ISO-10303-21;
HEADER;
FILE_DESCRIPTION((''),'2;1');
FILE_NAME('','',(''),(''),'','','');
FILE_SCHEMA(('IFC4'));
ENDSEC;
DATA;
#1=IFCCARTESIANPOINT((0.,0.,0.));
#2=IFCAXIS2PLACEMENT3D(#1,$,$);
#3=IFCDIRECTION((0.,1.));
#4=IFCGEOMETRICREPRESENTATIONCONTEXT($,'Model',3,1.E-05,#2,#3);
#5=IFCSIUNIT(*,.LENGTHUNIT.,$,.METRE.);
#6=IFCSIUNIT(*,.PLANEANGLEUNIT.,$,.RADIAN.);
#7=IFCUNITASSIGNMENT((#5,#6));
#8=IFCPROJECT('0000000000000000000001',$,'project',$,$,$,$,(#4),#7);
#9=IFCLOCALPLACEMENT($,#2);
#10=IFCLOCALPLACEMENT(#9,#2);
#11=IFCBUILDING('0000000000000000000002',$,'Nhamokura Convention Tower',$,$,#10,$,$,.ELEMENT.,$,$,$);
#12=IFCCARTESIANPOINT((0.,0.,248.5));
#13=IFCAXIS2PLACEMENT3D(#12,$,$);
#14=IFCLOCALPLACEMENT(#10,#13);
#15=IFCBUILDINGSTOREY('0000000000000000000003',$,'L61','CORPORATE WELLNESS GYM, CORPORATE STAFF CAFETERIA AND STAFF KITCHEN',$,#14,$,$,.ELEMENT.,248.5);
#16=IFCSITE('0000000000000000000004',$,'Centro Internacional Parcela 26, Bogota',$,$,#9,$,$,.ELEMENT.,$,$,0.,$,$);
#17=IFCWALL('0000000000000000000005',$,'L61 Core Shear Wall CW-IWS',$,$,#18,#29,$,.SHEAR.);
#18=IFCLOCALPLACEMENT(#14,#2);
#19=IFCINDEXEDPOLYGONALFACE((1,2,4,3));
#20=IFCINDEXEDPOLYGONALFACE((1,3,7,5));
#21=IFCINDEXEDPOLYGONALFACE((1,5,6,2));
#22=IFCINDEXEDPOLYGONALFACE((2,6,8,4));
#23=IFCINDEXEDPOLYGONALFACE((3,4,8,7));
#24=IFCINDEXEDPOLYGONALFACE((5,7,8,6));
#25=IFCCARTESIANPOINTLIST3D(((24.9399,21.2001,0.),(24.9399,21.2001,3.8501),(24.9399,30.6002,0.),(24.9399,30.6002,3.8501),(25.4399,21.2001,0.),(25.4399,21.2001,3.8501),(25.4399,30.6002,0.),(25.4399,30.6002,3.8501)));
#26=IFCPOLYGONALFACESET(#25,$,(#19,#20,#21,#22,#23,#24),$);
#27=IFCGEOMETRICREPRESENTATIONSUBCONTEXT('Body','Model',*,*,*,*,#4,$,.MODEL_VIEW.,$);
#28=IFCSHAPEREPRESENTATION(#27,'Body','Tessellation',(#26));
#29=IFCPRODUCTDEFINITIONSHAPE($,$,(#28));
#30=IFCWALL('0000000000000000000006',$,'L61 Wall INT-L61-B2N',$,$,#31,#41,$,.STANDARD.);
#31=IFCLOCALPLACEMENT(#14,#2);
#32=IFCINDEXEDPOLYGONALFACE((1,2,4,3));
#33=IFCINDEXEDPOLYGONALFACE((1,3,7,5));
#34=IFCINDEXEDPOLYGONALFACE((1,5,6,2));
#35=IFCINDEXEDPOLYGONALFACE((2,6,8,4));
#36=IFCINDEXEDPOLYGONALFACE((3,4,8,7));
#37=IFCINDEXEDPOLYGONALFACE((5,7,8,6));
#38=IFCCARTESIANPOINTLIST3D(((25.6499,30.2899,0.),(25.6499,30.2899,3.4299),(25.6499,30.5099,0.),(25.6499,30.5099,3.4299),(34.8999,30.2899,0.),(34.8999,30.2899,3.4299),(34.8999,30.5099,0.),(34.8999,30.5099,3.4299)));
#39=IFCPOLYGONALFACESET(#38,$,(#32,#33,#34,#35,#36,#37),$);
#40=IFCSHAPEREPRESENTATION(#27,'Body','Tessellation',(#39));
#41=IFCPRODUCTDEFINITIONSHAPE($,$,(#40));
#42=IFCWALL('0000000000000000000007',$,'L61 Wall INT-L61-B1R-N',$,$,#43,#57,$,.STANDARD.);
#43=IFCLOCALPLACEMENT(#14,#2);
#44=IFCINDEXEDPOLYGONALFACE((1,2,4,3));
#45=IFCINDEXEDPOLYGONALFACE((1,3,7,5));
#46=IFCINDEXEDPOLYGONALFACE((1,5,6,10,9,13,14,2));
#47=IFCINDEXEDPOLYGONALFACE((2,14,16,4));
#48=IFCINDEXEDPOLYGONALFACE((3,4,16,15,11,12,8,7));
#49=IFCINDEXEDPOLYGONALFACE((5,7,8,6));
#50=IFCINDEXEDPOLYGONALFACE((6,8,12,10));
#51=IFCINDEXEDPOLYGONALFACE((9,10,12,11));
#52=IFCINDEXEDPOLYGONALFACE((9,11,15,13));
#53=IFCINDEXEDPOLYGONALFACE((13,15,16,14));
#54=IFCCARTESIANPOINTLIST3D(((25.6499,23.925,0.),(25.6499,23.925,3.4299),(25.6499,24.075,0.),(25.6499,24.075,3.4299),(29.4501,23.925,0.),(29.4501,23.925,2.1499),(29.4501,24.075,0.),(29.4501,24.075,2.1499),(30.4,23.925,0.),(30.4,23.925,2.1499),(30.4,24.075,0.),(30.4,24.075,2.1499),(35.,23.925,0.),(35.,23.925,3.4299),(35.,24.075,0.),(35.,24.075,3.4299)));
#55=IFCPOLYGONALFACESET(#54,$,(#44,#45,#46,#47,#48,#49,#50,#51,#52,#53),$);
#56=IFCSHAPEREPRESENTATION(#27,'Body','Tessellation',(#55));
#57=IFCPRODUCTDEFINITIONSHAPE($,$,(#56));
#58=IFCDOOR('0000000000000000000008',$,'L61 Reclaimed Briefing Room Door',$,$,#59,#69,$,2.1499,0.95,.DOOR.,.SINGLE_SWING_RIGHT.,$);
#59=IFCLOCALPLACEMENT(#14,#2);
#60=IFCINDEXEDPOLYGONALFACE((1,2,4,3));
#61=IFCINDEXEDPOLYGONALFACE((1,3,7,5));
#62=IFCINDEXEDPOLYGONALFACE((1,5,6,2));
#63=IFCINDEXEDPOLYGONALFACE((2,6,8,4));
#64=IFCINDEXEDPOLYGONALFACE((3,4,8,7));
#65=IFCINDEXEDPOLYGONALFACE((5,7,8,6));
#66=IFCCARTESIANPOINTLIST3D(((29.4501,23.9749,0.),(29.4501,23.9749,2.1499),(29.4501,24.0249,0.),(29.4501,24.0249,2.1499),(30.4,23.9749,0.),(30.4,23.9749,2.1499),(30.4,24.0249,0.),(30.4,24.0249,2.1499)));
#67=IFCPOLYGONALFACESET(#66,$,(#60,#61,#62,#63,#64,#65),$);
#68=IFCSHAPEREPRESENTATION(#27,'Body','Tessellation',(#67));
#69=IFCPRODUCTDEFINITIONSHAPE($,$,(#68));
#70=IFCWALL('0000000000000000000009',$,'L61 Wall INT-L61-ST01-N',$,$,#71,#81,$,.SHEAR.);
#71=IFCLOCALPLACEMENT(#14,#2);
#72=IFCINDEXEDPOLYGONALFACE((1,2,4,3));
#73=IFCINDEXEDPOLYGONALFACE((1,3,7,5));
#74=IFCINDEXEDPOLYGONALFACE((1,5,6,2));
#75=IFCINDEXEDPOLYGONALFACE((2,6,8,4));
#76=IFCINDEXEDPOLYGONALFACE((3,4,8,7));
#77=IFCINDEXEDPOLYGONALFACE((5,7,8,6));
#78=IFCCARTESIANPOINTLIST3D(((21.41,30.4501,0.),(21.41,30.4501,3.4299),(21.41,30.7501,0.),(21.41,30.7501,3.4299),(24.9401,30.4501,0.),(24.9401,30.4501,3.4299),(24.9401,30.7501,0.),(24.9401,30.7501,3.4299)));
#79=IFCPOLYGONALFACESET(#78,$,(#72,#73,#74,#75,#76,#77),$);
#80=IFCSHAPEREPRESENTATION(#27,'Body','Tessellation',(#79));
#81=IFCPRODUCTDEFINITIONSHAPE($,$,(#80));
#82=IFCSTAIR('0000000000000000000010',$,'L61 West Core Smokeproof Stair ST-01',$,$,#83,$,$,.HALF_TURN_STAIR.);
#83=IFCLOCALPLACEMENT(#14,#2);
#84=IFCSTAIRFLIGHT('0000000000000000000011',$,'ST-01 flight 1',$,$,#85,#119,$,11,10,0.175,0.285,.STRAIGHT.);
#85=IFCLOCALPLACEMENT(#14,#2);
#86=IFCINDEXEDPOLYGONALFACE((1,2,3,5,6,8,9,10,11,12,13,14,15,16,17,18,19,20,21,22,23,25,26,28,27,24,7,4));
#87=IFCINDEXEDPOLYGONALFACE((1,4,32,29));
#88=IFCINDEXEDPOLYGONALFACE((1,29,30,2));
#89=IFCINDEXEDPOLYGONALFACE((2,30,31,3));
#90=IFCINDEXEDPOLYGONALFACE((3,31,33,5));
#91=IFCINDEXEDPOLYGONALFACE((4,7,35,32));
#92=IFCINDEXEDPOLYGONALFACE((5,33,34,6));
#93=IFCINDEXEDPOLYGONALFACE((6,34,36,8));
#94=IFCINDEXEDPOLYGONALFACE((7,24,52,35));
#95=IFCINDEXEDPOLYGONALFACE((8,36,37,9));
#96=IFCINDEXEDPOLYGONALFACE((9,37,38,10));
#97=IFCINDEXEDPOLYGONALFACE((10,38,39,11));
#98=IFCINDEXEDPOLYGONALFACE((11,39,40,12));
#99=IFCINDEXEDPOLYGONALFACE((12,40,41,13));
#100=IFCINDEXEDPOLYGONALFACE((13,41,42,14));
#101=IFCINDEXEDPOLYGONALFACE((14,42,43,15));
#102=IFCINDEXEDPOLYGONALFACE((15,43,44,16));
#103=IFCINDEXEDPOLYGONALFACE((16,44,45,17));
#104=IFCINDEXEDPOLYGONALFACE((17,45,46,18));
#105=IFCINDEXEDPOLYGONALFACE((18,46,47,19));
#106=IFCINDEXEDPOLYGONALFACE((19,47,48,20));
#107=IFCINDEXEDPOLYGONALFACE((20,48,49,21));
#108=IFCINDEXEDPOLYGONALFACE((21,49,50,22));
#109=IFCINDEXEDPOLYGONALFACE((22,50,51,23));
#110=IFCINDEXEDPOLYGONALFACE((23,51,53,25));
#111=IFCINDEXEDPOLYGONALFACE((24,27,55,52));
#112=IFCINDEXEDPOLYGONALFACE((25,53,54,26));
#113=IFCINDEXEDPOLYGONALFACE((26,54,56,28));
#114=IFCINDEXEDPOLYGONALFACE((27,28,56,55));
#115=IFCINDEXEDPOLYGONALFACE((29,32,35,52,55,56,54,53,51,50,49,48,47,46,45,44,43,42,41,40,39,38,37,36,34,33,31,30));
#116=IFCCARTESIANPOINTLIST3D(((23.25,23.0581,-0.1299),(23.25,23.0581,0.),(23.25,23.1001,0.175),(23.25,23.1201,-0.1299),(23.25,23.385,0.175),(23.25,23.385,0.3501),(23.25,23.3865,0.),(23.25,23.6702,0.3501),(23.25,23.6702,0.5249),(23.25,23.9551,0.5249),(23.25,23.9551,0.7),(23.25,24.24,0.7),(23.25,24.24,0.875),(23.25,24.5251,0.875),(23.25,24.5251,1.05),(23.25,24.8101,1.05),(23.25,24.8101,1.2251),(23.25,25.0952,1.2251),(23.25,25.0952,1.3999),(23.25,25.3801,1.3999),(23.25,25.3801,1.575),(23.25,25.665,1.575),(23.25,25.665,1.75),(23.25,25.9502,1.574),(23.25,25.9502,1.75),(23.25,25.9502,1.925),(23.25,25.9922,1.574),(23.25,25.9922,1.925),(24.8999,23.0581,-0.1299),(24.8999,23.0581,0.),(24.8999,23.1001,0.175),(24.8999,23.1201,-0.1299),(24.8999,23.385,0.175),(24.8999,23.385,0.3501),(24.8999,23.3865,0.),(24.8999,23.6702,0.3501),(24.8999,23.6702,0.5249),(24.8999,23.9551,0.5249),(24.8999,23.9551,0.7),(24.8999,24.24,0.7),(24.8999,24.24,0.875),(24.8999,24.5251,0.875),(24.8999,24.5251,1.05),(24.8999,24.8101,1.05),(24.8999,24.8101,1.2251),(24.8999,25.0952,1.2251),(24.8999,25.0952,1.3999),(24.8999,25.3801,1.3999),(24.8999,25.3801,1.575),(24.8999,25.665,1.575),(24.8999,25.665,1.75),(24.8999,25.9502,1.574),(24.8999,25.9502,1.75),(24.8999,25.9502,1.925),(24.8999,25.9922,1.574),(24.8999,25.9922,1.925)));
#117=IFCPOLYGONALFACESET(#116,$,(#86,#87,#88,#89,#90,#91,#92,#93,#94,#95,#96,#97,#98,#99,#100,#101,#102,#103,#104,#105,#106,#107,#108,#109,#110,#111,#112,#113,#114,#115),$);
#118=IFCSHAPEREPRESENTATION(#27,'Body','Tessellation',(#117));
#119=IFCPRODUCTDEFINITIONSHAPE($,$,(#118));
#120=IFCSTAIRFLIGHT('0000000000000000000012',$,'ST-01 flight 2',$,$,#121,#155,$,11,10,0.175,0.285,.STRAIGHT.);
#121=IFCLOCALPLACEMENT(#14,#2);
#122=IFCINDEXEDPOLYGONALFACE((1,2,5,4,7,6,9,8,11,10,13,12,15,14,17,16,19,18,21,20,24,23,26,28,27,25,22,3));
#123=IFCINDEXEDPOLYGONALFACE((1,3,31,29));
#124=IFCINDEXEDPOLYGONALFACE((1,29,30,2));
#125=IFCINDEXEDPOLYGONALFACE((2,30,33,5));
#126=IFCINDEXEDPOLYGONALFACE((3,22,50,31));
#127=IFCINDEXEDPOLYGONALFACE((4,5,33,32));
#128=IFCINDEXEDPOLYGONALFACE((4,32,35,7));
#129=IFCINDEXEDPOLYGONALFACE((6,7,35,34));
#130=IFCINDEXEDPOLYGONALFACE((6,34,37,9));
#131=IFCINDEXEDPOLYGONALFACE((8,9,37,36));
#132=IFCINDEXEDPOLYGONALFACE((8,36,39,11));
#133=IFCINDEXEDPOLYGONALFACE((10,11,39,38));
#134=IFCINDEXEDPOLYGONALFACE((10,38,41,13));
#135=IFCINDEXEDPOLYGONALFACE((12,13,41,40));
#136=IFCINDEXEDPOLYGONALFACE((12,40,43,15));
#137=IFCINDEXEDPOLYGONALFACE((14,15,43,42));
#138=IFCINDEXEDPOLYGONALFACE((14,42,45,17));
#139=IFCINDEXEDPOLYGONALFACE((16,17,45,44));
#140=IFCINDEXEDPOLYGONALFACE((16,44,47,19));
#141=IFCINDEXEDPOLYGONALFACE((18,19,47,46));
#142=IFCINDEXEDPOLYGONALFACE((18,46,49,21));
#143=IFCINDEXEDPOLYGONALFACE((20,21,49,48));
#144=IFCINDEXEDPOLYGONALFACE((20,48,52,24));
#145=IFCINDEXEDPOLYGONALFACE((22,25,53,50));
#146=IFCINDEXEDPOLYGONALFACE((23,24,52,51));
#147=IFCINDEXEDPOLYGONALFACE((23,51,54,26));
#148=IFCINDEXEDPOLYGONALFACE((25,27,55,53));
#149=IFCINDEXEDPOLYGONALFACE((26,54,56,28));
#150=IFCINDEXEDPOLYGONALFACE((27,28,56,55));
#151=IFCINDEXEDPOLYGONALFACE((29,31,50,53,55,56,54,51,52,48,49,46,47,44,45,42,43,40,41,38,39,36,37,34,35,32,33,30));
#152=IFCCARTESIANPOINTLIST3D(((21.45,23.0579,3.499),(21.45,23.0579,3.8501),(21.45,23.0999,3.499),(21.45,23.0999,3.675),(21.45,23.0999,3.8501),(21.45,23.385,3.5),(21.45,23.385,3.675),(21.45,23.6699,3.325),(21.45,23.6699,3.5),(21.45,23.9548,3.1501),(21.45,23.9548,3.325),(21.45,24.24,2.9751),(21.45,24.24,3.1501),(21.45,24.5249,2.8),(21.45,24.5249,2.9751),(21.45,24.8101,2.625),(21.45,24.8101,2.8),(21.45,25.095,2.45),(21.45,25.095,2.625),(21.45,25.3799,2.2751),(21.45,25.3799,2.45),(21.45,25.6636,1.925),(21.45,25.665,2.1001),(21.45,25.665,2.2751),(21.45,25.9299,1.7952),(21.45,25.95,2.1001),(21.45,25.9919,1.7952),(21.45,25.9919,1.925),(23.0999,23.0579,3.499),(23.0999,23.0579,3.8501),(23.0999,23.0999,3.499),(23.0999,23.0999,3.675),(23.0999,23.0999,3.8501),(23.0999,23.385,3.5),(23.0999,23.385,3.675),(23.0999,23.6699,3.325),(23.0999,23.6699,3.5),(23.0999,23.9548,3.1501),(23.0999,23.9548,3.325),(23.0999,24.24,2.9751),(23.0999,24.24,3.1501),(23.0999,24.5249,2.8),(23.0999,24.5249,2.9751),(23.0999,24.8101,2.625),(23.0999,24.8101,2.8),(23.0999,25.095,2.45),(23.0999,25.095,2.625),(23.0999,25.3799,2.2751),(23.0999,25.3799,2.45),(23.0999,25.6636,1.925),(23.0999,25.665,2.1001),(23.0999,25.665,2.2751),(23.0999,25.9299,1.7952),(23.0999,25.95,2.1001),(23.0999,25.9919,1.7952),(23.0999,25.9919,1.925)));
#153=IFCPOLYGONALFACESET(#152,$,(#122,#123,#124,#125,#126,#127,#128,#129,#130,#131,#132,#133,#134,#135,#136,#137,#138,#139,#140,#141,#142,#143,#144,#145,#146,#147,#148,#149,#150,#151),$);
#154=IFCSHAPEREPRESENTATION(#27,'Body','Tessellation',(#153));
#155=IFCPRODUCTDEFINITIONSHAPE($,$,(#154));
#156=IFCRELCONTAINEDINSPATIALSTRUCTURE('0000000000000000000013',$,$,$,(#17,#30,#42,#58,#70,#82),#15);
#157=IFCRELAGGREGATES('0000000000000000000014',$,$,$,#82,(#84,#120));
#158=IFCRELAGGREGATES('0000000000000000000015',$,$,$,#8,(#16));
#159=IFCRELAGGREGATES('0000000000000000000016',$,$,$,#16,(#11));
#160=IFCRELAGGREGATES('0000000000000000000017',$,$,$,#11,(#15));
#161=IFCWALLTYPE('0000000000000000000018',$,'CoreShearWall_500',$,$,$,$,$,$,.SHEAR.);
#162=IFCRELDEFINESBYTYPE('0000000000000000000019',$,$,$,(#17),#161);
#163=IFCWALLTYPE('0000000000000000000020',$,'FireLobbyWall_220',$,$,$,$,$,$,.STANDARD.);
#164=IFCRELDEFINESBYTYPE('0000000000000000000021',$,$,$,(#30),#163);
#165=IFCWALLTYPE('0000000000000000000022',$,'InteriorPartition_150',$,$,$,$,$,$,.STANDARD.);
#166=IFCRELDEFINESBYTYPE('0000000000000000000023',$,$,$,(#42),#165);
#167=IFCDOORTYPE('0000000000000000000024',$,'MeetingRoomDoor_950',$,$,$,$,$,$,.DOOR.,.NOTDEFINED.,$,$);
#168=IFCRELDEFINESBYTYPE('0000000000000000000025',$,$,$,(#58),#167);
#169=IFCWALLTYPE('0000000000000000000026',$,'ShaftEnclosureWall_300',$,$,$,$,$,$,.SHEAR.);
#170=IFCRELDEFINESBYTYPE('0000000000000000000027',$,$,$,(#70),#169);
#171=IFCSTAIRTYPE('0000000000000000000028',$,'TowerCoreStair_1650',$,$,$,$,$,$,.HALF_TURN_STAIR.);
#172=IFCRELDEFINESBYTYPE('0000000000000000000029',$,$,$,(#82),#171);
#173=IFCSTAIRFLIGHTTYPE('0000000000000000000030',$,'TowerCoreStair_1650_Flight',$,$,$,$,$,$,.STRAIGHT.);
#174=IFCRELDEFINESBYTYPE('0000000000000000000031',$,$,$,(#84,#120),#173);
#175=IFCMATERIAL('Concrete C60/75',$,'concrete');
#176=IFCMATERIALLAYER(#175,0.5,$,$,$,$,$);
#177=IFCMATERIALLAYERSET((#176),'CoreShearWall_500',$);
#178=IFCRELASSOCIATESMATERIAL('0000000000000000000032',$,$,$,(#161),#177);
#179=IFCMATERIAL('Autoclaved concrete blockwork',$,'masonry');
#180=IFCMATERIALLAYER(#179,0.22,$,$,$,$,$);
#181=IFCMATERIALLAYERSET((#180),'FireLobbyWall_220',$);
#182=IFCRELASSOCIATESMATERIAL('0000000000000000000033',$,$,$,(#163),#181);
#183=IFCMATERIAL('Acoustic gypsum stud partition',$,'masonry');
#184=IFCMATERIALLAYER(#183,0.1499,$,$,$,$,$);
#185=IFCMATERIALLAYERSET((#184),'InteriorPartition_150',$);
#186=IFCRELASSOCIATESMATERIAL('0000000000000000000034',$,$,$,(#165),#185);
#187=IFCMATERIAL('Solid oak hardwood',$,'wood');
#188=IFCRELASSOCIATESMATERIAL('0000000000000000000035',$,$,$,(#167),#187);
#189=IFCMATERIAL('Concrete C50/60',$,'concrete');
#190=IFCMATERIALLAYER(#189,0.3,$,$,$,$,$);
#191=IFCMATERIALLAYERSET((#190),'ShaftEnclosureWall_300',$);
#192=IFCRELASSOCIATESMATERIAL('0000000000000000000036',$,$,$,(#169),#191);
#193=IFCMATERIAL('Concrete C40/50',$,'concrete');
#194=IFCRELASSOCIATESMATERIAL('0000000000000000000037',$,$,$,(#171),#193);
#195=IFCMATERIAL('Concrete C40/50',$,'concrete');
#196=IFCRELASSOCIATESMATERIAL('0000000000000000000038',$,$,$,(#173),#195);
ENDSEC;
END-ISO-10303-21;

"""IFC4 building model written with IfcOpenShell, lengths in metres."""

from ifc_helpers import new_model, si_unit, direction, frame, frame_2d, origin, place, context, subcontext, project, spatial, polyline, rectangle, outline, extrude, material, layer, layer_set, type_object, element, fill, aggregate, save


model = new_model("IFC4")

# Units and contexts
model_context = context("Model", 3, precision=1e-05, world=origin(), true_north=direction((0.0, 1.0)))
body_context = subcontext(model_context, "Body", "Model", "MODEL_VIEW")
ifc_project = project(units=[si_unit("LENGTHUNIT", "METRE"), si_unit("PLANEANGLEUNIT", "RADIAN")], contexts=[model_context])

# Site, building, storey
site_placement = place(None, origin())
site = spatial("IfcSite", under=ifc_project, at=site_placement, Name="Centro Internacional Parcela 26, Bogota", CompositionType="ELEMENT", RefElevation=0.0)
building_placement = place(site_placement, origin())
building = spatial("IfcBuilding", under=site, at=building_placement, Name="Nhamokura Convention Tower", CompositionType="ELEMENT")
storey_placement = place(building_placement, frame((0.0, 0.0, 248.5)))
storey = spatial("IfcBuildingStorey", under=building, at=storey_placement, Name="L61", Description="CORPORATE WELLNESS GYM, CORPORATE STAFF CAFETERIA AND STAFF KITCHEN", CompositionType="ELEMENT", Elevation=248.5)

# Wall
ifc_material_1 = material(Name="Concrete C60/75", Category="concrete")
ifc_layer_1 = layer(ifc_material_1, 0.5)
ifc_layer_set_1 = layer_set([ifc_layer_1], Name="CoreShearWall_500")
wall_type_1 = type_object("IfcWallType", Name="CoreShearWall_500", PredefinedType="SHEAR", material=ifc_layer_set_1)
wall_1_placement = place(storey_placement, frame((25.1899, 21.2, 0.0), z_axis=(0.0, 0.0, 1.0), x_axis=(0.0, 1.0, 0.0)))
element("IfcWall", 1, at=wall_1_placement, inside=storey, type_object=wall_type_1, Name="L61 Core Shear Wall CW-IWS", PredefinedType="SHEAR", context=body_context, shape_type="SweptSolid", body=[
    extrude(rectangle(XDim=9.4001, YDim=0.5, at=frame_2d((4.7002, 0.0))), origin(), (0.0, 0.0, 1.0), 3.8501),
])

# Shared definitions
ifc_material_2 = material(Name="Autoclaved concrete blockwork", Category="masonry")
ifc_layer_2 = layer(ifc_material_2, 0.22)
ifc_layer_set_2 = layer_set([ifc_layer_2], Name="FireLobbyWall_220")
wall_type_2 = type_object("IfcWallType", Name="FireLobbyWall_220", PredefinedType="STANDARD", material=ifc_layer_set_2)

# Wall
wall_2_placement = place(storey_placement, frame((25.6499, 30.3999, 0.0), z_axis=(0.0, 0.0, 1.0), x_axis=(1.0, 0.0, 0.0)))
element("IfcWall", 2, at=wall_2_placement, inside=storey, type_object=wall_type_2, Name="L61 Wall INT-L61-B2N", PredefinedType="STANDARD", context=body_context, shape_type="SweptSolid", body=[
    extrude(rectangle(XDim=9.25, YDim=0.22, at=frame_2d((4.625, 0.0))), origin(), (0.0, 0.0, 1.0), 3.4299),
])

# Wall, opening, door
ifc_material_3 = material(Name="Acoustic gypsum stud partition", Category="masonry")
ifc_layer_3 = layer(ifc_material_3, 0.1499)
ifc_layer_set_3 = layer_set([ifc_layer_3], Name="InteriorPartition_150")
wall_type_3 = type_object("IfcWallType", Name="InteriorPartition_150", PredefinedType="STANDARD", material=ifc_layer_set_3)
wall_3_placement = place(storey_placement, frame((25.6499, 24.0, 0.0), z_axis=(0.0, 0.0, 1.0), x_axis=(1.0, 0.0, 0.0)))
wall_3 = element("IfcWall", 3, at=wall_3_placement, inside=storey, type_object=wall_type_3, Name="L61 Wall INT-L61-B1R-N", PredefinedType="STANDARD", context=body_context, shape_type="SweptSolid", body=[
    extrude(rectangle(XDim=9.3501, YDim=0.1499, at=frame_2d((4.675, 0.0))), origin(), (0.0, 0.0, 1.0), 3.4299),
])
opening_1_placement = place(wall_3_placement, frame((3.8, 0.0, 0.0)))
opening_1 = element("IfcOpeningElement", 4, at=opening_1_placement, cuts=wall_3, PredefinedType="OPENING", context=body_context, shape_type="SweptSolid", body=[
    extrude(rectangle(XDim=0.95, YDim=2.1499, at=frame_2d((0.4751, 1.075))), frame((0.0, 0.085, 0.0), z_axis=(0.0, -1.0, 0.0), x_axis=(1.0, 0.0, 0.0)), (0.0, 0.0, 1.0), 0.1699),
])
ifc_material_4 = material(Name="Solid oak hardwood", Category="wood")
door_type_1 = type_object("IfcDoorType", Name="MeetingRoomDoor_950", OperationType="NOTDEFINED", PredefinedType="DOOR", material=ifc_material_4)
door_1_placement = place(opening_1_placement, origin())
door_1 = element("IfcDoor", 5, at=door_1_placement, inside=storey, type_object=door_type_1, Name="L61 Reclaimed Briefing Room Door", OperationType="SINGLE_SWING_RIGHT", OverallHeight=2.1499, OverallWidth=0.95, PredefinedType="DOOR", context=body_context, shape_type="SweptSolid", body=[
    extrude(rectangle(XDim=0.95, YDim=2.1499, at=frame_2d((0.4751, 1.075))), frame((0.0, 0.0249, 0.0), z_axis=(0.0, -1.0, 0.0), x_axis=(1.0, 0.0, 0.0)), (0.0, 0.0, 1.0), 0.05),
])
fill(opening_1, door_1)

# Wall
ifc_material_5 = material(Name="Concrete C50/60", Category="concrete")
ifc_layer_4 = layer(ifc_material_5, 0.3)
ifc_layer_set_4 = layer_set([ifc_layer_4], Name="ShaftEnclosureWall_300")
wall_type_4 = type_object("IfcWallType", Name="ShaftEnclosureWall_300", PredefinedType="SHEAR", material=ifc_layer_set_4)
wall_4_placement = place(storey_placement, frame((21.4099, 30.6001, 0.0), z_axis=(0.0, 0.0, 1.0), x_axis=(1.0, 0.0, 0.0)))
element("IfcWall", 6, at=wall_4_placement, inside=storey, type_object=wall_type_4, Name="L61 Wall INT-L61-ST01-N", PredefinedType="SHEAR", context=body_context, shape_type="SweptSolid", body=[
    extrude(rectangle(XDim=3.53, YDim=0.3, at=frame_2d((1.7651, 0.0))), origin(), (0.0, 0.0, 1.0), 3.4299),
])

# Stair, stair flights
ifc_material_6 = material(Name="Concrete C40/50", Category="concrete")
stair_type = type_object("IfcStairType", Name="TowerCoreStair_1650", PredefinedType="HALF_TURN_STAIR", material=ifc_material_6)
stair_placement = place(storey_placement, origin())
stair = element("IfcStair", 7, at=stair_placement, inside=storey, type_object=stair_type, Name="L61 West Core Smokeproof Stair ST-01", PredefinedType="HALF_TURN_STAIR")
ifc_material_7 = material(Name="Concrete C40/50", Category="concrete")
stair_flight_type = type_object("IfcStairFlightType", Name="TowerCoreStair_1650_Flight", PredefinedType="STRAIGHT", material=ifc_material_7)
stair_flight_1_placement = place(storey_placement, frame((24.075, 23.1001, 0.0), z_axis=(0.0, 0.0, 1.0), x_axis=(0.0, 1.0, 0.0)))
stair_flight_1 = element("IfcStairFlight", 8, at=stair_flight_1_placement, type_object=stair_flight_type, Name="ST-01 flight 1", NumberOfRisers=11, NumberOfTreads=10, PredefinedType="STRAIGHT", RiserHeight=0.175, TreadLength=0.285, context=body_context, shape_type="SweptSolid", body=[
    extrude(outline(polyline([(-0.042, 0.0), (0.0, 0.175), (0.2849, 0.175), (0.2849, 0.3501), (0.5701, 0.3501), (0.5701, 0.5249), (0.855, 0.5249), (0.855, 0.7), (1.1399, 0.7), (1.1399, 0.875), (1.425, 0.875), (1.425, 1.05), (1.71, 1.05), (1.71, 1.2251), (1.9951, 1.2251), (1.9951, 1.3999), (2.28, 1.3999), (2.28, 1.575), (2.5649, 1.575), (2.5649, 1.75), (2.8501, 1.75), (2.8501, 1.925), (2.8921, 1.925), (2.8921, 1.574), (2.8501, 1.574), (0.2864, 0.0), (0.02, -0.1299), (-0.042, -0.1299), (-0.042, 0.0)])), frame((0.0, 0.825, 0.0), z_axis=(0.0, -1.0, 0.0), x_axis=(1.0, 0.0, 0.0)), (0.0, 0.0, 1.0), 1.6499),
])
stair_flight_2_placement = place(storey_placement, frame((22.2749, 25.95, 1.925), z_axis=(0.0, 0.0, 1.0), x_axis=(0.0, -1.0, 0.0)))
stair_flight_2 = element("IfcStairFlight", 9, at=stair_flight_2_placement, type_object=stair_flight_type, Name="ST-01 flight 2", NumberOfRisers=11, NumberOfTreads=10, PredefinedType="STRAIGHT", RiserHeight=0.175, TreadLength=0.285, context=body_context, shape_type="SweptSolid", body=[
    extrude(outline(polyline([(-0.042, 0.0), (0.0, 0.175), (0.2849, 0.175), (0.2849, 0.3501), (0.5701, 0.3501), (0.5701, 0.5249), (0.855, 0.5249), (0.855, 0.7), (1.1399, 0.7), (1.1399, 0.875), (1.425, 0.875), (1.425, 1.05), (1.71, 1.05), (1.71, 1.2251), (1.9951, 1.2251), (1.9951, 1.3999), (2.28, 1.3999), (2.28, 1.575), (2.5649, 1.575), (2.5649, 1.75), (2.8501, 1.75), (2.8501, 1.925), (2.8921, 1.925), (2.8921, 1.574), (2.8501, 1.574), (0.2864, 0.0), (0.02, -0.1299), (-0.042, -0.1299), (-0.042, 0.0)])), frame((0.0, 0.825, 0.0), z_axis=(0.0, -1.0, 0.0), x_axis=(1.0, 0.0, 0.0)), (0.0, 0.0, 1.0), 1.6499),
])
aggregate(stair, [stair_flight_1, stair_flight_2])

save(model, "model.ifc")
